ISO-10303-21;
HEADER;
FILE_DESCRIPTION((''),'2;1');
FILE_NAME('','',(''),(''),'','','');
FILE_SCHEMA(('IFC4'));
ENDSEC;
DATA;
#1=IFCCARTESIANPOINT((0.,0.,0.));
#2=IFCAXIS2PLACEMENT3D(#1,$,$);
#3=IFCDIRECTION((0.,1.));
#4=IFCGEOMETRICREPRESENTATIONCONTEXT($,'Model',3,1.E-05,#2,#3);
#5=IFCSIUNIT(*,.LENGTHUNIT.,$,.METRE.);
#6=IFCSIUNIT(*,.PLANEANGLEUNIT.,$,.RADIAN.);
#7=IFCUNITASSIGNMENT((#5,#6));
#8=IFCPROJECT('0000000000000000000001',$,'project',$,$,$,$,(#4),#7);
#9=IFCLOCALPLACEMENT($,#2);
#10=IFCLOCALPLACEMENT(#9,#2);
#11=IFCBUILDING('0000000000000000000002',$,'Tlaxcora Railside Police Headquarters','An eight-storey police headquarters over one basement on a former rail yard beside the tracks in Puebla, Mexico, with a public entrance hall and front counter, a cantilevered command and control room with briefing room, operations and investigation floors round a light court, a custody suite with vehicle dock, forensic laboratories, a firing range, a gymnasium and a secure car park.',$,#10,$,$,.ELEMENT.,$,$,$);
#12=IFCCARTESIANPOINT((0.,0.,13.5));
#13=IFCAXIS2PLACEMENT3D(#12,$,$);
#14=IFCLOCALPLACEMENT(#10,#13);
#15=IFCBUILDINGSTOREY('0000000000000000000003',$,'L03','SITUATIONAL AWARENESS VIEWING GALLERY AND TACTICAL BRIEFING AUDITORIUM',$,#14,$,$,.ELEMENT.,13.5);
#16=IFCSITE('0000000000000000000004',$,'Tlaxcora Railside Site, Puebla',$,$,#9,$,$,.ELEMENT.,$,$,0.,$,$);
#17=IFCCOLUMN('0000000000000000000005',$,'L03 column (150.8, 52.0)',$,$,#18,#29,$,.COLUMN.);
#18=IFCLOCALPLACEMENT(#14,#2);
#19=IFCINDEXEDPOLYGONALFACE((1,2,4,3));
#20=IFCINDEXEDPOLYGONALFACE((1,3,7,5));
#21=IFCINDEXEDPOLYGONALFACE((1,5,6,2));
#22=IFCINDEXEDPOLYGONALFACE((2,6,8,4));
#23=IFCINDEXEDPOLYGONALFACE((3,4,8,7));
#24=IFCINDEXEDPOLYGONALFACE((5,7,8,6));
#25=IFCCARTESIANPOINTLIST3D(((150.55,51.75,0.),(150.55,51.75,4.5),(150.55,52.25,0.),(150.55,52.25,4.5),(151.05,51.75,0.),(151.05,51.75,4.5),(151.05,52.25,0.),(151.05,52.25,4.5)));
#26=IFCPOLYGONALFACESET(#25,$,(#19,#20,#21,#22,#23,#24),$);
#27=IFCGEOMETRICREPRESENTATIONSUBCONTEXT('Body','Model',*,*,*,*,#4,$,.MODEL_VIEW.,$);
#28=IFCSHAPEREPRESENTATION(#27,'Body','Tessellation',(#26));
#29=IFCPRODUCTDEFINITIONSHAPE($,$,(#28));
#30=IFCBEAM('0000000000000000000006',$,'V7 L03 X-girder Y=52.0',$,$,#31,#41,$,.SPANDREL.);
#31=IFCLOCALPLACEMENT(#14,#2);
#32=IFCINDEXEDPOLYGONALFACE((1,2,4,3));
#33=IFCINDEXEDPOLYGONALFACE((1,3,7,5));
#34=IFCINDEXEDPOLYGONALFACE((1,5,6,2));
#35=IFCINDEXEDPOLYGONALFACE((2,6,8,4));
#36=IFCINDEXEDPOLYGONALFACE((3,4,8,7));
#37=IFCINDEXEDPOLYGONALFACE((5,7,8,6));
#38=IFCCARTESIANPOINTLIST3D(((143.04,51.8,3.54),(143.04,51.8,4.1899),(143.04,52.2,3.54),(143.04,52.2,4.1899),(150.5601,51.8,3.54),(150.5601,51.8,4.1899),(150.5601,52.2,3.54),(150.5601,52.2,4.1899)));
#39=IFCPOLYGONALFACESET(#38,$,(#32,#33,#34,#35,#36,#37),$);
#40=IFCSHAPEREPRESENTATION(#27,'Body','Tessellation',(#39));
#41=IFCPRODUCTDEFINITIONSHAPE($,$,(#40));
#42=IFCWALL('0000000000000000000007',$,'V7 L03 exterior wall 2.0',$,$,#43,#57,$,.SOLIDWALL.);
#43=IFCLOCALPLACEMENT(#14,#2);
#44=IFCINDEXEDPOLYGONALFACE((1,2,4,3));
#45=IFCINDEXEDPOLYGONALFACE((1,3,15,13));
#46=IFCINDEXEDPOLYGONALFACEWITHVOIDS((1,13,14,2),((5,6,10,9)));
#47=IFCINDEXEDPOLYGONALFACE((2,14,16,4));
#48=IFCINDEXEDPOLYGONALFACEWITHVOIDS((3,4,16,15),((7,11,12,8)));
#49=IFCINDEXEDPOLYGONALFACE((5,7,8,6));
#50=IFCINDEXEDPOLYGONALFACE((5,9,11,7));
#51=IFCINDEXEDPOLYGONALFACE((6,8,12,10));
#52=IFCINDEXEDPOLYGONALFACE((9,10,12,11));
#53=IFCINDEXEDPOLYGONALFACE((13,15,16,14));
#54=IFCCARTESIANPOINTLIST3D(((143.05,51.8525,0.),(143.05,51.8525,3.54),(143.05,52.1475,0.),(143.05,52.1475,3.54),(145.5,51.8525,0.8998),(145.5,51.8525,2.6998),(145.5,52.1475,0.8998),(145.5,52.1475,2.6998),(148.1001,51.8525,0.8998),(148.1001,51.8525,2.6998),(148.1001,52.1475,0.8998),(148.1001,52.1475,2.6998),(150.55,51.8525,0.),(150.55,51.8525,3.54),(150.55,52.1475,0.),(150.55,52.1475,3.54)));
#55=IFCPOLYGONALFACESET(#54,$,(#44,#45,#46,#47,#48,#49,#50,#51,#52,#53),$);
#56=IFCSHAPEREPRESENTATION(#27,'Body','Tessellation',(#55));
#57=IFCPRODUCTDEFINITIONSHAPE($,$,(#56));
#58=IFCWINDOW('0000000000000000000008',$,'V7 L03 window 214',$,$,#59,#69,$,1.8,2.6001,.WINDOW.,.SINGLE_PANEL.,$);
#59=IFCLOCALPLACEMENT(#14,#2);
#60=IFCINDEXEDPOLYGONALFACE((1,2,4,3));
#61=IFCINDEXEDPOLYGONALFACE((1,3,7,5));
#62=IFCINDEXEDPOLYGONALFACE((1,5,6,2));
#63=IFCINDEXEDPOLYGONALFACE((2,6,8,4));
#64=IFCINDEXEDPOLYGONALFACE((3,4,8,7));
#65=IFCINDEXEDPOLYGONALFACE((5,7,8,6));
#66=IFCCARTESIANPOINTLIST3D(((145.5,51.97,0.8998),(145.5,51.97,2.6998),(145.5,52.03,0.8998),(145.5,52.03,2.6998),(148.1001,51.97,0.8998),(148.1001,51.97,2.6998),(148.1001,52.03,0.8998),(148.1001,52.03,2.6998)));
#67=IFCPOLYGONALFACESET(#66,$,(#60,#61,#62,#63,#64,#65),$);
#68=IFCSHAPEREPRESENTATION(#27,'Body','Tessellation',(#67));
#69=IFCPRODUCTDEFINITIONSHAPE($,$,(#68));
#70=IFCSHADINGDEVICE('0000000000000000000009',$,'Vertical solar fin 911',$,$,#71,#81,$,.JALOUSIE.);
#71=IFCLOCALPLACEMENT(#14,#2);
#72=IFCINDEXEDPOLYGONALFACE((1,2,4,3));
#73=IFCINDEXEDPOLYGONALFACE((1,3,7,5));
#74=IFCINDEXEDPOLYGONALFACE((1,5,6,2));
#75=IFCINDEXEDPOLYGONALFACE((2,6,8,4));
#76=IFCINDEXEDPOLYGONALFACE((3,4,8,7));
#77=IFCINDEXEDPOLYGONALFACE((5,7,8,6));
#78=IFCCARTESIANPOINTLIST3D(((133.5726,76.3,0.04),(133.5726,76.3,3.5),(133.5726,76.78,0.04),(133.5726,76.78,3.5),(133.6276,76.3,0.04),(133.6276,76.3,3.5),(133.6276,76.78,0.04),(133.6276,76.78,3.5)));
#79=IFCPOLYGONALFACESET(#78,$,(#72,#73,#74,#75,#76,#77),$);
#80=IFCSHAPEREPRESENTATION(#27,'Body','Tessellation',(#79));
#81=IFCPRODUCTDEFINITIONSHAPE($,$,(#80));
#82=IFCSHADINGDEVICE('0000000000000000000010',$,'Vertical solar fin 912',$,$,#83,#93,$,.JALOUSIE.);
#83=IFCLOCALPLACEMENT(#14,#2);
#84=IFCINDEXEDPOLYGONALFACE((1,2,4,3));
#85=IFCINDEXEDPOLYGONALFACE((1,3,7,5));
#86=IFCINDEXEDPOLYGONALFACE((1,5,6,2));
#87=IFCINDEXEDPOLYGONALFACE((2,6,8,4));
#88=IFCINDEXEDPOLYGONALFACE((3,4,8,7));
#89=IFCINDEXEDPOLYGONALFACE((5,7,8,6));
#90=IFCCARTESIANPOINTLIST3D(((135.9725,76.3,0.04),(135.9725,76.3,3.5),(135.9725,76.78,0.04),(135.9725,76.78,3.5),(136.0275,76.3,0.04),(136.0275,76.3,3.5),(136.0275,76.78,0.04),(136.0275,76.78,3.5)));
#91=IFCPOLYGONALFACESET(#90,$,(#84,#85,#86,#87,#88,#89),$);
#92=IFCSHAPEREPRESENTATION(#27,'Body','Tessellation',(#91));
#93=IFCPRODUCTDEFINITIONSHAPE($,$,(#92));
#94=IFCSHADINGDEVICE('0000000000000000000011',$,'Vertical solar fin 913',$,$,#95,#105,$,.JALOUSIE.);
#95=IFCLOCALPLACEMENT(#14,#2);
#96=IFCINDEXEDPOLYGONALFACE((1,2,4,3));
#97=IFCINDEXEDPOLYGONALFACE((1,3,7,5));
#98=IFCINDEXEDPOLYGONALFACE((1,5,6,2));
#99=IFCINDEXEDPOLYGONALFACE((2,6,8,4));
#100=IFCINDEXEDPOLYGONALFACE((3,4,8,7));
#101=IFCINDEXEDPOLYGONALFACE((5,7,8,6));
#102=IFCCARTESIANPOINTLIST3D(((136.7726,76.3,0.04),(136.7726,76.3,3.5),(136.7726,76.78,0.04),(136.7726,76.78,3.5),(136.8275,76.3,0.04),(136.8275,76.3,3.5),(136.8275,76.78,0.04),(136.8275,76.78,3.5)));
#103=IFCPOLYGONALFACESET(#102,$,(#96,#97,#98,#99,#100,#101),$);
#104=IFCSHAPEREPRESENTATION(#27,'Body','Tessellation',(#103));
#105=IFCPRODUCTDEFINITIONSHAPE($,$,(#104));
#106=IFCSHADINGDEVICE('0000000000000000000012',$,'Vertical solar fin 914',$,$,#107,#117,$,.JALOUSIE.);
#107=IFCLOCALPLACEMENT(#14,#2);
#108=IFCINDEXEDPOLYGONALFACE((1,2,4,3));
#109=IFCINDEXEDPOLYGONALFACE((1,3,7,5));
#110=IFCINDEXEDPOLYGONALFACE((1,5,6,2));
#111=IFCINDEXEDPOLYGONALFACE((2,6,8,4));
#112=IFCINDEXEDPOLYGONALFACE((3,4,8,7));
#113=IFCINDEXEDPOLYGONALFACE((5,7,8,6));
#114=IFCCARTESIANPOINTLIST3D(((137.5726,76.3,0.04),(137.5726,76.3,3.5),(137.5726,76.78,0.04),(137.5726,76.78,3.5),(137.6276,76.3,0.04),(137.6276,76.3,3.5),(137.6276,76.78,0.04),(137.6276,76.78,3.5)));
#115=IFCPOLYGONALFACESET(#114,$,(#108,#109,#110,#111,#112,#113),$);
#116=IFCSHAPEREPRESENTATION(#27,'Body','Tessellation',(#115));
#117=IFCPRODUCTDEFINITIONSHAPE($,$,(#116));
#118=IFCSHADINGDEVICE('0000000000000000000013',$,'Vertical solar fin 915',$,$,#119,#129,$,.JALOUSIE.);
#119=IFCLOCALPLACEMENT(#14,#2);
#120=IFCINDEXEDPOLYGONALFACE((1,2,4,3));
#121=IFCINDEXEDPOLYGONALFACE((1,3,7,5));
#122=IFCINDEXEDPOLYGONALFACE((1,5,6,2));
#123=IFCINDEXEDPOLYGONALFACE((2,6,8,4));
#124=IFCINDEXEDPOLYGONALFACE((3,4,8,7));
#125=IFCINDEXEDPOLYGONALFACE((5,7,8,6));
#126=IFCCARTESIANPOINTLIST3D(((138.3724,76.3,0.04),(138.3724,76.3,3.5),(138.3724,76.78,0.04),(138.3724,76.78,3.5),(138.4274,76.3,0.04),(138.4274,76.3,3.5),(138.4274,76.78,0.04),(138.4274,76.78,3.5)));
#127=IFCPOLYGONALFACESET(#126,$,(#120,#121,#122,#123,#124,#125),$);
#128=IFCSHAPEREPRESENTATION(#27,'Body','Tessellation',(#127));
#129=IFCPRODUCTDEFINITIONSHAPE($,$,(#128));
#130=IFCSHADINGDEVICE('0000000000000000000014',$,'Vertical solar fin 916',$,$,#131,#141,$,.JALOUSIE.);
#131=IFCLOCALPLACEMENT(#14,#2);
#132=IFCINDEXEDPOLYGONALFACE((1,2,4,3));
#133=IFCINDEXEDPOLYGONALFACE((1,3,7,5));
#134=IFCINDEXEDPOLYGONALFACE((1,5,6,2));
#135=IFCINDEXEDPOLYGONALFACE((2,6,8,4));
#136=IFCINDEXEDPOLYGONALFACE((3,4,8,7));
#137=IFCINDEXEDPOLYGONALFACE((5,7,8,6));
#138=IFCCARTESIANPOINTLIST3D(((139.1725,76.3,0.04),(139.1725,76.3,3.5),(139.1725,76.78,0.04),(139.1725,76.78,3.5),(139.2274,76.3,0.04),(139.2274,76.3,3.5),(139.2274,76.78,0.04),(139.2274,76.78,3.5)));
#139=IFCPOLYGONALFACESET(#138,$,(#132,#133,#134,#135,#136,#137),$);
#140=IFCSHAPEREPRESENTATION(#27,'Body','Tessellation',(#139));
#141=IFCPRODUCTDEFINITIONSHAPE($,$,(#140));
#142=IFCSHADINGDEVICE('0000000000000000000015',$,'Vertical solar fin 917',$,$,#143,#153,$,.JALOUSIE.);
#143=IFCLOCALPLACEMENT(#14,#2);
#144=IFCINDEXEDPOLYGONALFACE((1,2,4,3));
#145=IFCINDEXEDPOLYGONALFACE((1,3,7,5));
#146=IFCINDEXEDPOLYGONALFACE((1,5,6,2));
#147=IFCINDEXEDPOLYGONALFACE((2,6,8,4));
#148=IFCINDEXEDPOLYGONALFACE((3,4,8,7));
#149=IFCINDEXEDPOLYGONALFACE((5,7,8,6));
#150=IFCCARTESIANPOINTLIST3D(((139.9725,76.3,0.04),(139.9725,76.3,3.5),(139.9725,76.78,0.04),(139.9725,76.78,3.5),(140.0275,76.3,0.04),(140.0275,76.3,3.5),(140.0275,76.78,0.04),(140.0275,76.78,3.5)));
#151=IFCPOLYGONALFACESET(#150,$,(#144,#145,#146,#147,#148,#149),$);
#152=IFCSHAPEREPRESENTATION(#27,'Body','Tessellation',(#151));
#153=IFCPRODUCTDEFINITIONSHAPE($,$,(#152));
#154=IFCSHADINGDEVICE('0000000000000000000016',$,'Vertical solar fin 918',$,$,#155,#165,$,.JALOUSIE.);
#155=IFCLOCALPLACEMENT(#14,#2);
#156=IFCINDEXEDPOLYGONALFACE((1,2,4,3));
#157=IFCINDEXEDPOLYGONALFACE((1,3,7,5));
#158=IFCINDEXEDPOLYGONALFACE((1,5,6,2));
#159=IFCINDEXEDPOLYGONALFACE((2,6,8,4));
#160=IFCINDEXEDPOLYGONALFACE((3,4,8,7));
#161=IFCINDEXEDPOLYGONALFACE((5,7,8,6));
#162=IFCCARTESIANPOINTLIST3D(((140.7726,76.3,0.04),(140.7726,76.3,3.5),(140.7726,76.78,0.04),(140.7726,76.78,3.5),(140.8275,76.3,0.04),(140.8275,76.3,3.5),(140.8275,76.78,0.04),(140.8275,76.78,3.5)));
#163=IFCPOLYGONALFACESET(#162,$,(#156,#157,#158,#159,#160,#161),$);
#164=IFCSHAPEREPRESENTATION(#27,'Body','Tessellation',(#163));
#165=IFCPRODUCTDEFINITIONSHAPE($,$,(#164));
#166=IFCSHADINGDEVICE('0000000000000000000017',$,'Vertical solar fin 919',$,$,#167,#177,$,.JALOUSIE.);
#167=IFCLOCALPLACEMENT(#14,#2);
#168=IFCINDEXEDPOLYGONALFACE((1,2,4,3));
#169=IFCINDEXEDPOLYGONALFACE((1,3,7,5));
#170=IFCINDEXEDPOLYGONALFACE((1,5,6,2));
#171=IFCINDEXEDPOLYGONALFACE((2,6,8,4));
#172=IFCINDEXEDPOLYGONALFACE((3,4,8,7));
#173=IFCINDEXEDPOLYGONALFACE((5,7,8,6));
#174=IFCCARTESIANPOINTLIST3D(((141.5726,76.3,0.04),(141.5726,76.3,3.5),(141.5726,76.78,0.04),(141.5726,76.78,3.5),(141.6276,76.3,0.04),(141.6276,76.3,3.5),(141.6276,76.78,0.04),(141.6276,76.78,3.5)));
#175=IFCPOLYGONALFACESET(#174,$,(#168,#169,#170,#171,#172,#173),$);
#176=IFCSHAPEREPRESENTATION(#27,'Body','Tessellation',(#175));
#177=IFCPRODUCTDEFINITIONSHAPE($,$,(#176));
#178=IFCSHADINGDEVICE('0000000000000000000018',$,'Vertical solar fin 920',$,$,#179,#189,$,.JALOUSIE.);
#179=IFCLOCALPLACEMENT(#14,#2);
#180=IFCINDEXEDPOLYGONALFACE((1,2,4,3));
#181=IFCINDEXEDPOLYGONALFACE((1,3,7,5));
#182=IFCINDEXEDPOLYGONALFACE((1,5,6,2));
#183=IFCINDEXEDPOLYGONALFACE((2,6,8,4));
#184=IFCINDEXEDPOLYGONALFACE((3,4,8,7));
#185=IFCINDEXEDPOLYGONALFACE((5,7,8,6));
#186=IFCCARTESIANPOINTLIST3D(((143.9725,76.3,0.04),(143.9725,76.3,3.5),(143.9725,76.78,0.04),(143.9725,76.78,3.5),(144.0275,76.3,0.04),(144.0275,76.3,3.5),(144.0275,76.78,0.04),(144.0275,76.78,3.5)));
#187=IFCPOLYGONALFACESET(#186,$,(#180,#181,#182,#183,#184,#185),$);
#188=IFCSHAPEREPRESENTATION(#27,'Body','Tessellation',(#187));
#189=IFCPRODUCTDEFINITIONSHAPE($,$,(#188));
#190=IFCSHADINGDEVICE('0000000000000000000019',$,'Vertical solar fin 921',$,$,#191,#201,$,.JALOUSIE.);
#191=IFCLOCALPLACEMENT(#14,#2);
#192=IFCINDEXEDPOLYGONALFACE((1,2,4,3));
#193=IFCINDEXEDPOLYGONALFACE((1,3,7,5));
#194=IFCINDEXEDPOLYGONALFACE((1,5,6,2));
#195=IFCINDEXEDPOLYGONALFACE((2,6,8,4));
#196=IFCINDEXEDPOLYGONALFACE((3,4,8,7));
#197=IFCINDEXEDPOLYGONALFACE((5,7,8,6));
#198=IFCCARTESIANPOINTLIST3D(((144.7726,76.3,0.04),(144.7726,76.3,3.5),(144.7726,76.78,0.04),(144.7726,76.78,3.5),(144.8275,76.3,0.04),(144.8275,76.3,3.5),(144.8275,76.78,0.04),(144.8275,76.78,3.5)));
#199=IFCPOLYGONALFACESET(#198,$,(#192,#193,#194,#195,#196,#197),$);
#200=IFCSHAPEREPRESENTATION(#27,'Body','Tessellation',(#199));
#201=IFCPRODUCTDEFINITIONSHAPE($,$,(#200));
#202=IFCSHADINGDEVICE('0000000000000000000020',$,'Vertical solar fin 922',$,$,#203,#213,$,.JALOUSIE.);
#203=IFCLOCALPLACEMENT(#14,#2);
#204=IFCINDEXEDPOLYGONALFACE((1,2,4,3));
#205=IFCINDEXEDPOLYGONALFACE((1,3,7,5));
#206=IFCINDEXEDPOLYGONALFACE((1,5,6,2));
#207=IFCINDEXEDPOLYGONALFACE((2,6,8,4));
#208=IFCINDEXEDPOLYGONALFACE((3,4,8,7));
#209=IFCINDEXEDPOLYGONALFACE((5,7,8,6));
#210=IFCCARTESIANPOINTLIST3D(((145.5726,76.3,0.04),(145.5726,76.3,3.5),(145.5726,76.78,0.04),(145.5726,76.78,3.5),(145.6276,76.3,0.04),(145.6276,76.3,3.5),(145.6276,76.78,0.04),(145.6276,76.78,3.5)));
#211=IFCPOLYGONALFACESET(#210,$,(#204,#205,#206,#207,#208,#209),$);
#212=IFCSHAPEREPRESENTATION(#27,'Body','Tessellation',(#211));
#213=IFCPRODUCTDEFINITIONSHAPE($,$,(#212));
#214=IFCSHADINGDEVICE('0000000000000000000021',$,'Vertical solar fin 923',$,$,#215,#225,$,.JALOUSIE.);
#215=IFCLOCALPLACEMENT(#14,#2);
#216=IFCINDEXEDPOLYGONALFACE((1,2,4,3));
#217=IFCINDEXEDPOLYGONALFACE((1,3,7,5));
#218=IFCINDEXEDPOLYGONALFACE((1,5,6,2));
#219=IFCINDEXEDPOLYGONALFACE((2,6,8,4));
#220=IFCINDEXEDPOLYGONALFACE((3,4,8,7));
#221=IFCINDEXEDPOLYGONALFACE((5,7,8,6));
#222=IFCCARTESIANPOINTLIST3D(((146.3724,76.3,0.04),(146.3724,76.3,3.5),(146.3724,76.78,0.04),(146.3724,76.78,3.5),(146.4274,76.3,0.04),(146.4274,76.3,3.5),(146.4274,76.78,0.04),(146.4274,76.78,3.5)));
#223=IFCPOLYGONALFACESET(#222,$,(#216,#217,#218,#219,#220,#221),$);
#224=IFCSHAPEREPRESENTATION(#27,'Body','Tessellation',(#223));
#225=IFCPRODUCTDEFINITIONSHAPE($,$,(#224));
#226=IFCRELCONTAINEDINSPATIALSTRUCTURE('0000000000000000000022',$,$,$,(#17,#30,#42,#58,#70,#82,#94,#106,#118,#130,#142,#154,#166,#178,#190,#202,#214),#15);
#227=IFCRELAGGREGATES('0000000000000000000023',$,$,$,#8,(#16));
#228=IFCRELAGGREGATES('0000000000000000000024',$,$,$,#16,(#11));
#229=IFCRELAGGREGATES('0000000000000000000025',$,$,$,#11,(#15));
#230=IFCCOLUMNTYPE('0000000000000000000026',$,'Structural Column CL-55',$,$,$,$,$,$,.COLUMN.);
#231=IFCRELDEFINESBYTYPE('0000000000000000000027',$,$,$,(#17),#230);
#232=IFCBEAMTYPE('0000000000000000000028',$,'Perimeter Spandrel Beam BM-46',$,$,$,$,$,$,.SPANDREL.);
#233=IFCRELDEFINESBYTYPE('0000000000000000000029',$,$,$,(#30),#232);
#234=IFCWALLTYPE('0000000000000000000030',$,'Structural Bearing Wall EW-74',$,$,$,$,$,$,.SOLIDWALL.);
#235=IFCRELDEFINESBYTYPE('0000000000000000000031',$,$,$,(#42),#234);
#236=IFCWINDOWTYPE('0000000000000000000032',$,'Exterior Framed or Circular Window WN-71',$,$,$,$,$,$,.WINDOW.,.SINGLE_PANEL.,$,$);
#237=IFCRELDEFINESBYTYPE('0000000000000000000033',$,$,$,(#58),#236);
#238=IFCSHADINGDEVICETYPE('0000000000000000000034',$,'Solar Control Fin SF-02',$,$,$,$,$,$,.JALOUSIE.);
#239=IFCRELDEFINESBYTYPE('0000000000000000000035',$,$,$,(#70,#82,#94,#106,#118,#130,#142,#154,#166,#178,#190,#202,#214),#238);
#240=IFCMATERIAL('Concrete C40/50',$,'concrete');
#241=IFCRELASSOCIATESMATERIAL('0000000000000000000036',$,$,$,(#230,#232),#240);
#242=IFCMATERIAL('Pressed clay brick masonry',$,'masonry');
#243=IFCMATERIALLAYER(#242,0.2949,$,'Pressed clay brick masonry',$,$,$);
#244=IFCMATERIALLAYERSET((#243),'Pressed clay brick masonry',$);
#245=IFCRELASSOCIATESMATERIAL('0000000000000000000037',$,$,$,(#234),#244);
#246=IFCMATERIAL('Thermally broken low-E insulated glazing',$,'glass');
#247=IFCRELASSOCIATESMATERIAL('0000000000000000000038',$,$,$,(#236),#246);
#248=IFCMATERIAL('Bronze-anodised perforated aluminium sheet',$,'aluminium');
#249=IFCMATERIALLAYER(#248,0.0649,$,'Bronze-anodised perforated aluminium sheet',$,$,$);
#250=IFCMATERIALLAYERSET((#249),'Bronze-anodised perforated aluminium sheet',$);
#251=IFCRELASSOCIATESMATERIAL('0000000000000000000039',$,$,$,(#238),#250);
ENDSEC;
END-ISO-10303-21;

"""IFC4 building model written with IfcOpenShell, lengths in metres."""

from ifc_helpers import new_model, si_unit, direction, frame, frame_2d, origin, origin_2d, place, context, subcontext, project, spatial, rectangle, extrude, material, layer, layer_set, material_profile, profile_set, type_object, element, fill, save


model = new_model("IFC4")

# Units and contexts
model_context = context("Model", 3, precision=1e-05, world=origin(), true_north=direction((0.0, 1.0)))
body_context = subcontext(model_context, "Body", "Model", "MODEL_VIEW")
ifc_project = project(units=[si_unit("LENGTHUNIT", "METRE"), si_unit("PLANEANGLEUNIT", "RADIAN")], contexts=[model_context])

# Site, building, storey
site_placement = place(None, origin())
site = spatial("IfcSite", under=ifc_project, at=site_placement, Name="Tlaxcora Railside Site, Puebla", CompositionType="ELEMENT", RefElevation=0.0)
building_placement = place(site_placement, origin())
building = spatial("IfcBuilding", under=site, at=building_placement, Name="Tlaxcora Railside Police Headquarters", Description="An eight-storey police headquarters over one basement on a former rail yard beside the tracks in Puebla, Mexico, with a public entrance hall and front counter, a cantilevered command and control room with briefing room, operations and investigation floors round a light court, a custody suite with vehicle dock, forensic laboratories, a firing range, a gymnasium and a secure car park.", CompositionType="ELEMENT")
storey_placement = place(building_placement, frame((0.0, 0.0, 13.5)))
storey = spatial("IfcBuildingStorey", under=building, at=storey_placement, Name="L03", Description="SITUATIONAL AWARENESS VIEWING GALLERY AND TACTICAL BRIEFING AUDITORIUM", CompositionType="ELEMENT", Elevation=13.5)

# Column
ifc_material_1 = material(Name="Concrete C40/50", Category="concrete")
ifc_material_profile_1 = material_profile(ifc_material_1, rectangle(XDim=0.5, YDim=0.5, at=origin_2d()), Name="RC500X500")
ifc_profile_set_1 = profile_set([ifc_material_profile_1], Name="Concrete C40/50")
column_type = type_object("IfcColumnType", Name="Structural Column CL-55", PredefinedType="COLUMN", material=ifc_profile_set_1)
column_placement = place(storey_placement, frame((150.8, 52.0, 0.0), z_axis=(0.0, 0.0, 1.0), x_axis=(1.0, 0.0, 0.0)))
element("IfcColumn", 1, at=column_placement, inside=storey, type_object=column_type, Name="L03 column (150.8, 52.0)", PredefinedType="COLUMN", context=body_context, shape_type="SweptSolid", body=[
    extrude(rectangle(XDim=0.5, YDim=0.5, at=origin_2d()), origin(), (0.0, 0.0, 1.0), 4.5),
])

# Beam
ifc_material_profile_2 = material_profile(ifc_material_1, rectangle(XDim=0.3999, YDim=0.6499, at=origin_2d()), Name="RC400X650")
ifc_profile_set_2 = profile_set([ifc_material_profile_2], Name="Concrete C40/50")
beam_type = type_object("IfcBeamType", Name="Perimeter Spandrel Beam BM-46", PredefinedType="SPANDREL", material=ifc_profile_set_2)
beam_placement = place(storey_placement, frame((143.04, 52.0, 3.865), z_axis=(1.0, 0.0, 0.0), x_axis=(0.0, 1.0, 0.0)))
element("IfcBeam", 2, at=beam_placement, inside=storey, type_object=beam_type, Name="V7 L03 X-girder Y=52.0", PredefinedType="SPANDREL", context=body_context, shape_type="SweptSolid", body=[
    extrude(rectangle(XDim=0.3999, YDim=0.6499, at=origin_2d()), origin(), (0.0, 0.0, 1.0), 7.52),
])

# Wall, opening, window
ifc_material_2 = material(Name="Pressed clay brick masonry", Category="masonry")
ifc_layer_1 = layer(ifc_material_2, 0.2949, Name="Pressed clay brick masonry")
ifc_layer_set_1 = layer_set([ifc_layer_1], Name="Pressed clay brick masonry")
wall_type = type_object("IfcWallType", Name="Structural Bearing Wall EW-74", PredefinedType="SOLIDWALL", material=ifc_layer_set_1)
wall_placement = place(storey_placement, frame((150.55, 52.0, 0.0), z_axis=(0.0, 0.0, 1.0), x_axis=(-1.0, 0.0, 0.0)))
wall = element("IfcWall", 3, at=wall_placement, inside=storey, type_object=wall_type, Name="V7 L03 exterior wall 2.0", PredefinedType="SOLIDWALL", context=body_context, shape_type="SweptSolid", body=[
    extrude(rectangle(XDim=7.5, YDim=0.2949, at=frame_2d((3.75, 0.0))), origin(), (0.0, 0.0, 1.0), 3.54),
])
opening_placement = place(wall_placement, frame((2.45, 0.0, 0.8999)))
opening = element("IfcOpeningElement", 4, at=opening_placement, cuts=wall, PredefinedType="OPENING", context=body_context, shape_type="SweptSolid", body=[
    extrude(rectangle(XDim=2.6001, YDim=1.8, at=frame_2d((1.3, 0.8999))), frame((0.0, 0.1575, 0.0), z_axis=(0.0, -1.0, 0.0), x_axis=(1.0, 0.0, 0.0)), (0.0, 0.0, 1.0), 0.3149),
])
ifc_material_3 = material(Name="Thermally broken low-E insulated glazing", Category="glass")
window_type = type_object("IfcWindowType", Name="Exterior Framed or Circular Window WN-71", PartitioningType="SINGLE_PANEL", PredefinedType="WINDOW", material=ifc_material_3)
window_placement = place(opening_placement, origin())
window = element("IfcWindow", 5, at=window_placement, inside=storey, type_object=window_type, Name="V7 L03 window 214", OverallHeight=1.8, OverallWidth=2.6001, PartitioningType="SINGLE_PANEL", PredefinedType="WINDOW", context=body_context, shape_type="SweptSolid", body=[
    extrude(rectangle(XDim=2.6001, YDim=1.8, at=frame_2d((1.3, 0.8999))), frame((0.0, 0.03, 0.0), z_axis=(0.0, -1.0, 0.0), x_axis=(1.0, 0.0, 0.0)), (0.0, 0.0, 1.0), 0.0601),
])
fill(opening, window)

# Shading devices
ifc_material_4 = material(Name="Bronze-anodised perforated aluminium sheet", Category="aluminium")
ifc_layer_2 = layer(ifc_material_4, 0.0649, Name="Bronze-anodised perforated aluminium sheet")
ifc_layer_set_2 = layer_set([ifc_layer_2], Name="Bronze-anodised perforated aluminium sheet")
shading_device_type = type_object("IfcShadingDeviceType", Name="Solar Control Fin SF-02", PredefinedType="JALOUSIE", material=ifc_layer_set_2)
for number, where, z_axis, x_axis, name in (
    (6, (133.6001, 76.54, 0.04), (0.0, 0.0, 1.0), (0.0, -1.0, 0.0), "Vertical solar fin 911"),
    (7, (136.0, 76.54, 0.04), (0.0, 0.0, 1.0), (0.0, -1.0, 0.0), "Vertical solar fin 912"),
    (8, (136.8, 76.54, 0.04), (0.0, 0.0, 1.0), (0.0, -1.0, 0.0), "Vertical solar fin 913"),
    (9, (137.6001, 76.54, 0.04), (0.0, 0.0, 1.0), (0.0, -1.0, 0.0), "Vertical solar fin 914"),
    (10, (138.3999, 76.54, 0.04), (0.0, 0.0, 1.0), (0.0, -1.0, 0.0), "Vertical solar fin 915"),
    (11, (139.2, 76.54, 0.04), (0.0, 0.0, 1.0), (0.0, -1.0, 0.0), "Vertical solar fin 916"),
    (12, (140.0, 76.54, 0.04), (0.0, 0.0, 1.0), (0.0, -1.0, 0.0), "Vertical solar fin 917"),
    (13, (140.8, 76.54, 0.04), (0.0, 0.0, 1.0), (0.0, -1.0, 0.0), "Vertical solar fin 918"),
    (14, (141.6001, 76.54, 0.04), (0.0, 0.0, 1.0), (0.0, -1.0, 0.0), "Vertical solar fin 919"),
    (15, (144.0, 76.54, 0.04), (0.0, 0.0, 1.0), (0.0, -1.0, 0.0), "Vertical solar fin 920"),
    (16, (144.8, 76.54, 0.04), (0.0, 0.0, 1.0), (0.0, -1.0, 0.0), "Vertical solar fin 921"),
    (17, (145.6001, 76.54, 0.04), (0.0, 0.0, 1.0), (0.0, -1.0, 0.0), "Vertical solar fin 922"),
    (18, (146.3999, 76.54, 0.04), (0.0, 0.0, 1.0), (0.0, -1.0, 0.0), "Vertical solar fin 923"),
):
    element("IfcShadingDevice", number, at=place(storey_placement, frame(where, z_axis=z_axis, x_axis=x_axis)), inside=storey, type_object=shading_device_type, Name=name, PredefinedType="JALOUSIE", context=body_context, shape_type="SweptSolid", body=[
        extrude(rectangle(XDim=0.48, YDim=0.0549, at=origin_2d()), origin(), (0.0, 0.0, 1.0), 3.46),
    ])

save(model, "model.ifc")
